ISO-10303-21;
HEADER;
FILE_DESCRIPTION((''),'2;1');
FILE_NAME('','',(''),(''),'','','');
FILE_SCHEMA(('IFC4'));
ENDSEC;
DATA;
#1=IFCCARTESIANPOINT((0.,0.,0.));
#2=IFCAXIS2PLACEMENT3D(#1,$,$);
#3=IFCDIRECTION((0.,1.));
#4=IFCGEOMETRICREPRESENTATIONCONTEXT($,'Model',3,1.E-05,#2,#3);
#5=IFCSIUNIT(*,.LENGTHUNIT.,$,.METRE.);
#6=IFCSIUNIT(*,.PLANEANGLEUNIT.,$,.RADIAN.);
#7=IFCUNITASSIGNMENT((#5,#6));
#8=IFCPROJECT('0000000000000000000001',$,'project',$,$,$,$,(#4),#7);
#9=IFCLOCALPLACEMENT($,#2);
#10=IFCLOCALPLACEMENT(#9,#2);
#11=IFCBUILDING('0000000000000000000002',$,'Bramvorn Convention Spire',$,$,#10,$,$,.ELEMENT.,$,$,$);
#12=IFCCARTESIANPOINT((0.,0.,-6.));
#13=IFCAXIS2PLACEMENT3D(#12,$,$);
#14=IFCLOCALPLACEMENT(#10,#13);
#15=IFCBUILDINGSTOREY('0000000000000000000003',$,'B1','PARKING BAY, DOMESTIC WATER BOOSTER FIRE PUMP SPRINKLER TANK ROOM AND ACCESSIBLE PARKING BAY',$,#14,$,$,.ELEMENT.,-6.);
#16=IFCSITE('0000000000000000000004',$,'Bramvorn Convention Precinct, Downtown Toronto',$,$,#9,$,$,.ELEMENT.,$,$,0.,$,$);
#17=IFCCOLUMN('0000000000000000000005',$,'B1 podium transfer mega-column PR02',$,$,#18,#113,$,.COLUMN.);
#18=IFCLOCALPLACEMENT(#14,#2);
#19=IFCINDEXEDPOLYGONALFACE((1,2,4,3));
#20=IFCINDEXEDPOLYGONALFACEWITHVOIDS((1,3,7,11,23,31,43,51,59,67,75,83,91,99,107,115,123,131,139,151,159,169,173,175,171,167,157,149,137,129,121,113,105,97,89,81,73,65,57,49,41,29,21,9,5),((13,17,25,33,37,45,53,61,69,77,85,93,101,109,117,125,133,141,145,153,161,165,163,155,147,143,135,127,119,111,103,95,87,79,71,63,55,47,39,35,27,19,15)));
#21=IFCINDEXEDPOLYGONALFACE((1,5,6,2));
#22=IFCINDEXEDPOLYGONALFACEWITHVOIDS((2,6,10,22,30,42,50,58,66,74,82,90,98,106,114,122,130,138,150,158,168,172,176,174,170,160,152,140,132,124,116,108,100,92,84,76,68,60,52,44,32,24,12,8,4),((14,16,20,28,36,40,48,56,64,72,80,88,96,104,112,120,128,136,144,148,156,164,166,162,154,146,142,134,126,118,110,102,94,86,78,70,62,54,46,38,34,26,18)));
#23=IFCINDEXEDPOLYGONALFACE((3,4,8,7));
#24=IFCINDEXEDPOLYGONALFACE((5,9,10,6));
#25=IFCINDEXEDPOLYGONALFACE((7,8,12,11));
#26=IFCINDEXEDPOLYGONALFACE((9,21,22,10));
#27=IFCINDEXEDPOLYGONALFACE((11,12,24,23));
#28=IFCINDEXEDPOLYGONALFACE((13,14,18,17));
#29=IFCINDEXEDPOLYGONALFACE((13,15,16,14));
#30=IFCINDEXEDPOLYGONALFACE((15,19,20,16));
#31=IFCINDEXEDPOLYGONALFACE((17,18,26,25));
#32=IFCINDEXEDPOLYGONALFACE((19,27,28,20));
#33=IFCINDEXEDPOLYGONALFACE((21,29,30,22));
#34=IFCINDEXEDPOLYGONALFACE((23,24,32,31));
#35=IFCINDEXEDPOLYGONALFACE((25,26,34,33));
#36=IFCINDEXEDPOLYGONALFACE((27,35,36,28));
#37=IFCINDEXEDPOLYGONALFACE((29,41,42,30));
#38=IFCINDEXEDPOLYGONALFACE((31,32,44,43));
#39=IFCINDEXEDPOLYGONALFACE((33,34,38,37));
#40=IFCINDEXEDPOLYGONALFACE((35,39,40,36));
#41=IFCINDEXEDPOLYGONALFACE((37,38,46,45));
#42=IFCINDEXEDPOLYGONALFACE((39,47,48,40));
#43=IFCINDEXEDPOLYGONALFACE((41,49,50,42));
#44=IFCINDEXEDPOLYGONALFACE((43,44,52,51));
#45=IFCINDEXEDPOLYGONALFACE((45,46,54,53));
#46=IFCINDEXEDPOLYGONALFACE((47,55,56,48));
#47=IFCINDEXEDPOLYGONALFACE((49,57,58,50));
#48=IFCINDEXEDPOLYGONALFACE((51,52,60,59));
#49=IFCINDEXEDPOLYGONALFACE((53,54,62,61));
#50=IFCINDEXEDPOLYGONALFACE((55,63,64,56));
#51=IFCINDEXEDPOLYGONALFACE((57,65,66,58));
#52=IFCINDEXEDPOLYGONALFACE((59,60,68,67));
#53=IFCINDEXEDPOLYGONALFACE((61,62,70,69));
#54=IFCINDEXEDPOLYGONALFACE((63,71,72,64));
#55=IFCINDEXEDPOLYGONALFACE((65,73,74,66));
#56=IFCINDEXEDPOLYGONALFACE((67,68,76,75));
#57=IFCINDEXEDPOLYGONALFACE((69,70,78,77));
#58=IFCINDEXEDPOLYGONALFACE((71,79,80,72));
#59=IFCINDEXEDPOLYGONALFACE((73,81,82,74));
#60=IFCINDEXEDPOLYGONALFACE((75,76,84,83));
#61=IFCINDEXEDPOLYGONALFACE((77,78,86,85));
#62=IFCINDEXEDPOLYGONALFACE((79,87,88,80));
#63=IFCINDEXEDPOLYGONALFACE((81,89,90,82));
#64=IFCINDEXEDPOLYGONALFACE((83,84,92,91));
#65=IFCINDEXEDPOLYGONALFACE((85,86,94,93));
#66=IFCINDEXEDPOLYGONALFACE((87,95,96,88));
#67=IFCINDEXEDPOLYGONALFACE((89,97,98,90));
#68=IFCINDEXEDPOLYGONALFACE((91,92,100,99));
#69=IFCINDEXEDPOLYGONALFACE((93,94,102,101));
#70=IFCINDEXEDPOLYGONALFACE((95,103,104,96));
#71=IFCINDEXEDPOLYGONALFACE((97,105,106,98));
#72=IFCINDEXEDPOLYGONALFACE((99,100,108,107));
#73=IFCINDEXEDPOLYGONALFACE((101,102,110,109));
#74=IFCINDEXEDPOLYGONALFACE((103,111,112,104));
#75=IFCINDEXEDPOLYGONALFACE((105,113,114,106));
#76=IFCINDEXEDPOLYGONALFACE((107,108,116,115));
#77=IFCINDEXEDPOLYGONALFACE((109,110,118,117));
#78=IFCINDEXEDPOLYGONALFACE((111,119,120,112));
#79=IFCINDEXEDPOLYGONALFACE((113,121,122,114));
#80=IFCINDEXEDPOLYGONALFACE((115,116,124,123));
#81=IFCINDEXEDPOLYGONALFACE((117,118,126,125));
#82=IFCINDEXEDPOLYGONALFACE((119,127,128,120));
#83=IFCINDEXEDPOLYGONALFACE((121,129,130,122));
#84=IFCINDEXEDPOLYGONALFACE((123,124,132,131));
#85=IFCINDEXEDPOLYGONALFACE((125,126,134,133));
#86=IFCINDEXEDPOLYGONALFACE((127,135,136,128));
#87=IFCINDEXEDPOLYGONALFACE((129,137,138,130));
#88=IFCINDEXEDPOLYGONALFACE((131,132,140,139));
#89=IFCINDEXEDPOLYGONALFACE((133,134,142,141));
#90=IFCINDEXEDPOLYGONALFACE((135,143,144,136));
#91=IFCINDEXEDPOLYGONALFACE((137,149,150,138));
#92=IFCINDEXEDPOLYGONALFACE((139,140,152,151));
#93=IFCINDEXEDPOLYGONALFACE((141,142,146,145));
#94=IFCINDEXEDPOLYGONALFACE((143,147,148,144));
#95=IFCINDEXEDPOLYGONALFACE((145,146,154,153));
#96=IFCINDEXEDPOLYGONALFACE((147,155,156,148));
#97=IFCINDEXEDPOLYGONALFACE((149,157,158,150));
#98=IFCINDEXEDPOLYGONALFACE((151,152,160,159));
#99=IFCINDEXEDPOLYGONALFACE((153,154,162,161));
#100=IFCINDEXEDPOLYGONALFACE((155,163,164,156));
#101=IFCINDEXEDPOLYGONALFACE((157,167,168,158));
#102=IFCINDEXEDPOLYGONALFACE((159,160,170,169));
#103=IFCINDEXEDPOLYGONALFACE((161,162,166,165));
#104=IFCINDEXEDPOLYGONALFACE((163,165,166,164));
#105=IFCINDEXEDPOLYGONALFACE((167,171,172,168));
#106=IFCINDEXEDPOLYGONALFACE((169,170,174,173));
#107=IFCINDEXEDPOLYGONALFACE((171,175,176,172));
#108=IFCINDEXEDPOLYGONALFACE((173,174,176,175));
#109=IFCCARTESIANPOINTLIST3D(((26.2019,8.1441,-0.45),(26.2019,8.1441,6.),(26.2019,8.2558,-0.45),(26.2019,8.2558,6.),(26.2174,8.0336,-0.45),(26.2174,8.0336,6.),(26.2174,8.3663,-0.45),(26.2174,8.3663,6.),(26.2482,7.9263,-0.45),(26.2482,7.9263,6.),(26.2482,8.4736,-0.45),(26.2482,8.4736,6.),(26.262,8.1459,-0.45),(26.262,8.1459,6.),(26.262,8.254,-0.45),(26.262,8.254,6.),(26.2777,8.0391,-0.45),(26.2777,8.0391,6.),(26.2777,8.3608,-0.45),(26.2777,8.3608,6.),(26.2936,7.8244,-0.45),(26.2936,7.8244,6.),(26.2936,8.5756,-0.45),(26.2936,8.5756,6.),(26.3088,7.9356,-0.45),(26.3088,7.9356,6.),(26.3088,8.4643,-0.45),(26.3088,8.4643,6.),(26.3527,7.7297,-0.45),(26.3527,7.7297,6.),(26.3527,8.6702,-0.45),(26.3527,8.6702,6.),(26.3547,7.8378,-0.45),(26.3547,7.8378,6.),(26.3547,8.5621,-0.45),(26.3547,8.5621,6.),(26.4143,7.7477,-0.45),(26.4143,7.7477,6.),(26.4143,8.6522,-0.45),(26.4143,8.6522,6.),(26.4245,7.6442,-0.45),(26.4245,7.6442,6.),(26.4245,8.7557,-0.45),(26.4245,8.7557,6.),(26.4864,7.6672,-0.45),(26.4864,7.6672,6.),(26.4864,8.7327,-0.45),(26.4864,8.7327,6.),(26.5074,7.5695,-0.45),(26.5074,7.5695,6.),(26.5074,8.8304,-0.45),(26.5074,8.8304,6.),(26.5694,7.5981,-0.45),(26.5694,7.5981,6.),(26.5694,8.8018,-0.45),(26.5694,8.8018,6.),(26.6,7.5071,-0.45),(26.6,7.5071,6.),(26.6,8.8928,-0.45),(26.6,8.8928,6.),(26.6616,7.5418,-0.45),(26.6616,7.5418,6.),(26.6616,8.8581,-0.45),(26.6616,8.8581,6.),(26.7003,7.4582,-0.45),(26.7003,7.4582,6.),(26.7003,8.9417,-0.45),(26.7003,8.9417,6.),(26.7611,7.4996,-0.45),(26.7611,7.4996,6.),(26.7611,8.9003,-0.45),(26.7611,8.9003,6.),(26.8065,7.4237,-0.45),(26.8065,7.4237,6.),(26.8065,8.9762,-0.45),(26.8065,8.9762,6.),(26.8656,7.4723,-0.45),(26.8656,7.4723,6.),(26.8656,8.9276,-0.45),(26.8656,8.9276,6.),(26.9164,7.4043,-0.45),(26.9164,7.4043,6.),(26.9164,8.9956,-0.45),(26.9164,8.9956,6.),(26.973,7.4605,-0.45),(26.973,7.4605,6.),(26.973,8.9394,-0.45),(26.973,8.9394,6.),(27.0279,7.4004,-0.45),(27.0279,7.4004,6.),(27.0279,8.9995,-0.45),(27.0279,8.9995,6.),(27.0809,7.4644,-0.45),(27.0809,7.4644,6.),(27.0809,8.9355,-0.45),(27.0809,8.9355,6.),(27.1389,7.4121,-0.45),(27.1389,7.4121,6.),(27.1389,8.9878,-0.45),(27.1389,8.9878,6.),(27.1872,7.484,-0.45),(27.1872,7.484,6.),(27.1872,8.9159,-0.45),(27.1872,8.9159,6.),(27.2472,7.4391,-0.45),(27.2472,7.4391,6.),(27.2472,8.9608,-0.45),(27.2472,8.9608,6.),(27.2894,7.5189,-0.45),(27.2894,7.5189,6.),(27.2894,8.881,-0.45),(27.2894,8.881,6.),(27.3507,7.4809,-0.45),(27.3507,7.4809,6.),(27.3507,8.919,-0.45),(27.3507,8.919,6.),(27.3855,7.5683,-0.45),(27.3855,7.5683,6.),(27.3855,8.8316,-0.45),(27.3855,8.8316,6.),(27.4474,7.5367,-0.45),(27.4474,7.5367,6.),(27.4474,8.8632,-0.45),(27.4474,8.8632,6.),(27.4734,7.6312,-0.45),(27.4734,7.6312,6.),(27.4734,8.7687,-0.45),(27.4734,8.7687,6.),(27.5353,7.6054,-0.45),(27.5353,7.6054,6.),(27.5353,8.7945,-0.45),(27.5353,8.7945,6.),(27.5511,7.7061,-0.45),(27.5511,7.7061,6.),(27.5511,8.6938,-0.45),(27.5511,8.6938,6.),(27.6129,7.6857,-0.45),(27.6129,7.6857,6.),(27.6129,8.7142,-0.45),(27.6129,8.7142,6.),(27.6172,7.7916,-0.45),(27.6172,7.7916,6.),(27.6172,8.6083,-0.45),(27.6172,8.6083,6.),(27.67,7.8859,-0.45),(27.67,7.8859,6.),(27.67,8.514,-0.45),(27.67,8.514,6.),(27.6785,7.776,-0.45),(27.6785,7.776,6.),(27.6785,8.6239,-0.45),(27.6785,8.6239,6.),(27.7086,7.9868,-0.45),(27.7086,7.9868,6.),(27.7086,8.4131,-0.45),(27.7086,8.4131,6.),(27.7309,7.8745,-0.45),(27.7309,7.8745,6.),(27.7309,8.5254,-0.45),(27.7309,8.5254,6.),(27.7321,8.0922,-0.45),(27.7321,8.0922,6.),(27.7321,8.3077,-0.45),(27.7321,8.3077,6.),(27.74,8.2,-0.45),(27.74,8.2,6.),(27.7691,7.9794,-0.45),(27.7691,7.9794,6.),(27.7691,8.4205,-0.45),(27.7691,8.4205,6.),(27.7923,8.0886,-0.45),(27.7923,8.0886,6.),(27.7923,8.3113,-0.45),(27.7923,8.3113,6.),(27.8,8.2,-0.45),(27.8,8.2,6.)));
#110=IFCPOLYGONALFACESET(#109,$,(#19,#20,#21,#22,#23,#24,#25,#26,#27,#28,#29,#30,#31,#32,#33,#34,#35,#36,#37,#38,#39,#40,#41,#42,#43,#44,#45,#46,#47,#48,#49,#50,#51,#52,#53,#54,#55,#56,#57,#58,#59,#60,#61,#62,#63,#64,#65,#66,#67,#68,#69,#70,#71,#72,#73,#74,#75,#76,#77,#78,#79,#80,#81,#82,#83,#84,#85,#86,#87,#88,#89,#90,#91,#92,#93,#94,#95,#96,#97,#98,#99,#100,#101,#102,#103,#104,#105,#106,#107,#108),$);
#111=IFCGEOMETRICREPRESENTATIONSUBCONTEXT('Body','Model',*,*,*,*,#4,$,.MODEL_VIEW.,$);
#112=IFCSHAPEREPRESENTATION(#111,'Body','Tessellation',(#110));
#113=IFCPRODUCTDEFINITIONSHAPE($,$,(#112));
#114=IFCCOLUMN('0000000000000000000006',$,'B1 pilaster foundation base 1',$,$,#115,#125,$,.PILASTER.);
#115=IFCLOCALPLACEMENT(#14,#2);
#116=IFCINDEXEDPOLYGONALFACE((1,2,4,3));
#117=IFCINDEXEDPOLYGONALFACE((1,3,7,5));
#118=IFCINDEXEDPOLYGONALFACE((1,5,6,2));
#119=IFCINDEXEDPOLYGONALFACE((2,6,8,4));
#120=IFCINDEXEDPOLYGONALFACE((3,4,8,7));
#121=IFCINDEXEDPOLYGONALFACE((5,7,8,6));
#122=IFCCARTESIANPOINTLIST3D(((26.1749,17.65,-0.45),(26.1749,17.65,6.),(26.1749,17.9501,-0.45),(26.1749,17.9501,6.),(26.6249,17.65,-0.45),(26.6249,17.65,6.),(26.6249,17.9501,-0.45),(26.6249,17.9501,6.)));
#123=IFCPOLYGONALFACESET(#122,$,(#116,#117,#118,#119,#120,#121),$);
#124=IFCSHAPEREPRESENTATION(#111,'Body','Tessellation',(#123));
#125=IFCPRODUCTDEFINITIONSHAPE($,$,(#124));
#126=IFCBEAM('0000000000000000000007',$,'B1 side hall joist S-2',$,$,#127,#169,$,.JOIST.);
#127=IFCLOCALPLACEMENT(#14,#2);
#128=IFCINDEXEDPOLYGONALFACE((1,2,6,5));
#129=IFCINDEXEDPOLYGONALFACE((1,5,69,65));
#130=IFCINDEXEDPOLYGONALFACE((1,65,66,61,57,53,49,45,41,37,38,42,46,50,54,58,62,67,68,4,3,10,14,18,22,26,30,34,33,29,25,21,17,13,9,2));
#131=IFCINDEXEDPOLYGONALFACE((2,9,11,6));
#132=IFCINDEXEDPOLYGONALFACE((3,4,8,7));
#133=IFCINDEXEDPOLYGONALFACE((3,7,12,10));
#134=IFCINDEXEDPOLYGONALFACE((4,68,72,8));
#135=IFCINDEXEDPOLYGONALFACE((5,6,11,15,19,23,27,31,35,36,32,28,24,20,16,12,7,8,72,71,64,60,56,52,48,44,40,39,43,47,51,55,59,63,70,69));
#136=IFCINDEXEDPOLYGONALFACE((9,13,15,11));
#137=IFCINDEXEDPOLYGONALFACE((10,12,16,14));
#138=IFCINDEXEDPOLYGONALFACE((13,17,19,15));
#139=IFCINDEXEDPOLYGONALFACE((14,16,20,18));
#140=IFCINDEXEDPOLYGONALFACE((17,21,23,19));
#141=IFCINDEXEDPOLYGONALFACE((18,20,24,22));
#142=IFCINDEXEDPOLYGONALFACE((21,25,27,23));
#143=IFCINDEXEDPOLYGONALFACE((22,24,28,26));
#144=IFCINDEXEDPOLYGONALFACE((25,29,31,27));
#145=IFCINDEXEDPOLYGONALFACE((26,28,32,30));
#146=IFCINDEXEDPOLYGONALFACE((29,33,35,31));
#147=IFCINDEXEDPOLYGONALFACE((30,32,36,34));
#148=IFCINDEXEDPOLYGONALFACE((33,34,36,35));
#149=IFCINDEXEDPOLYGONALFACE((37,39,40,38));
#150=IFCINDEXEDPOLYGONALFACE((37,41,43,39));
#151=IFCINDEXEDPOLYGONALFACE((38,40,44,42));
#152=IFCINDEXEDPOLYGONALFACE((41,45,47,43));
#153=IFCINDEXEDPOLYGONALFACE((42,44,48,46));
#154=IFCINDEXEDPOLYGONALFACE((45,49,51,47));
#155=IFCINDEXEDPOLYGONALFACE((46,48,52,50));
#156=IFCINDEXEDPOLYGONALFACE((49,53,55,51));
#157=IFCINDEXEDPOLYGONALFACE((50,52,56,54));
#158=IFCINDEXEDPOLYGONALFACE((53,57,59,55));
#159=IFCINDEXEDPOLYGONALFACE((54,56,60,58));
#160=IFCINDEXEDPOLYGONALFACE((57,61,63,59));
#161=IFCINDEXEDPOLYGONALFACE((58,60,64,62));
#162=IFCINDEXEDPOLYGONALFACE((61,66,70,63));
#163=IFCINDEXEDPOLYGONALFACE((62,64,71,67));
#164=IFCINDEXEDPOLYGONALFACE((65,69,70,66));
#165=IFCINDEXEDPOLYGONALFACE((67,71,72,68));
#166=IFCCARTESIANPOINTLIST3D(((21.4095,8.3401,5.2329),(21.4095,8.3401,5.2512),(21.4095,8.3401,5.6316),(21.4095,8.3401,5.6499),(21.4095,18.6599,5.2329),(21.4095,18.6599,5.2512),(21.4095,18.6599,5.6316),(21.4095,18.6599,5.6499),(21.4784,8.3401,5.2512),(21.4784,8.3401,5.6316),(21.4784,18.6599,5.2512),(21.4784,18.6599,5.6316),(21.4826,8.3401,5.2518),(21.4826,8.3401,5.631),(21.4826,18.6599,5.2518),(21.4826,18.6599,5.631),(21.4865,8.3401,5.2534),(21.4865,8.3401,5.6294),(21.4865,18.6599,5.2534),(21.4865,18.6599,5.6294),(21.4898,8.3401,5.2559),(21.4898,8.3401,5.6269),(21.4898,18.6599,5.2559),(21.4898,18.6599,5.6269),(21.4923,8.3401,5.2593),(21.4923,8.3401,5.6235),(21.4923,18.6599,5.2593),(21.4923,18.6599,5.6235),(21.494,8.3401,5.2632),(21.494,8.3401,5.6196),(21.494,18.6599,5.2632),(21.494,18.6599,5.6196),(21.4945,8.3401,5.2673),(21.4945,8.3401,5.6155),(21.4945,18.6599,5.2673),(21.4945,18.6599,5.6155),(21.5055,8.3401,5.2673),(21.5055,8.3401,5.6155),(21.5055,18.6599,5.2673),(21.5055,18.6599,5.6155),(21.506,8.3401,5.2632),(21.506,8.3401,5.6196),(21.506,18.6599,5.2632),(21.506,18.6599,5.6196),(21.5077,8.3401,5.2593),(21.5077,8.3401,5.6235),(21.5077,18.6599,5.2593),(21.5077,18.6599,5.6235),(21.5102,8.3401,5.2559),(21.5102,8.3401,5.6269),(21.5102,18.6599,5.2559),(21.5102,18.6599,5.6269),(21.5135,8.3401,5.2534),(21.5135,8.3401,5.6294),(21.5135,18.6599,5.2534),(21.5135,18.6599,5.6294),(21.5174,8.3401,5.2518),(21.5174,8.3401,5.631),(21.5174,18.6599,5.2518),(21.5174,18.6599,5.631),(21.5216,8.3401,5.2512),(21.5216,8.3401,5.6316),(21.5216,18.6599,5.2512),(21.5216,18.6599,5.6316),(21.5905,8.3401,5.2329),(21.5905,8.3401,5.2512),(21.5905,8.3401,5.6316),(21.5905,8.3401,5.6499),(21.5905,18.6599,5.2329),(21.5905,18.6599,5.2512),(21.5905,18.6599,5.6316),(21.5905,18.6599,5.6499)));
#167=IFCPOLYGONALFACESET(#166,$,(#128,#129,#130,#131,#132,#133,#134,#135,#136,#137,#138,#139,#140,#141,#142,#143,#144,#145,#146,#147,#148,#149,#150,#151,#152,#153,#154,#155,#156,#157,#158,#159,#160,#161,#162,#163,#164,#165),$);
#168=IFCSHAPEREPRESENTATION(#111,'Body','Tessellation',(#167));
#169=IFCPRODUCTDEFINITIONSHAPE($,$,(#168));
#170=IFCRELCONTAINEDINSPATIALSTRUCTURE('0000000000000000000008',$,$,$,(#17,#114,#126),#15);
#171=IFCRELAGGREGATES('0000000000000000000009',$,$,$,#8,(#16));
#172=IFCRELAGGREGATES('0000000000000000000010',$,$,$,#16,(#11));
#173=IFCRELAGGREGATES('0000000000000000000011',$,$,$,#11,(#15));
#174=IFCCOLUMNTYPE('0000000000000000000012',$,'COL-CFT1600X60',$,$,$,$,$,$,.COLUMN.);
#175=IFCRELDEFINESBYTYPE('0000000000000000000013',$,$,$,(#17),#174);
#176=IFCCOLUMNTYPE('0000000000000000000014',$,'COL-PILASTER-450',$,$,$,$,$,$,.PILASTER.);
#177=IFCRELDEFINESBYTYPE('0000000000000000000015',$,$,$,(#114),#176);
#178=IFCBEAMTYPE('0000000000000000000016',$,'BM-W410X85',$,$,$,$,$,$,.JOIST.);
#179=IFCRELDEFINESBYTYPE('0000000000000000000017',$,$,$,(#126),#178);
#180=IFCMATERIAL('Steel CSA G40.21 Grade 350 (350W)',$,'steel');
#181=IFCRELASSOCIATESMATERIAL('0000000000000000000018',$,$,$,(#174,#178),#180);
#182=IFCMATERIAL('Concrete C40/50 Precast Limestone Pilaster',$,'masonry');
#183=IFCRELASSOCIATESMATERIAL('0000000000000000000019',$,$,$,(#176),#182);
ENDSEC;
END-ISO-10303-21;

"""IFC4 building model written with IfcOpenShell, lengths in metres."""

from ifc_helpers import new_model, si_unit, direction, frame, origin, origin_2d, place, context, subcontext, project, spatial, rectangle, hollow_circle, i_section, extrude, material, material_profile, profile_set, type_object, element, save


model = new_model("IFC4")

# Units and contexts
model_context = context("Model", 3, precision=1e-05, world=origin(), true_north=direction((0.0, 1.0)))
body_context = subcontext(model_context, "Body", "Model", "MODEL_VIEW")
ifc_project = project(units=[si_unit("LENGTHUNIT", "METRE"), si_unit("PLANEANGLEUNIT", "RADIAN")], contexts=[model_context])

# Site, building, storey
site_placement = place(None, origin())
site = spatial("IfcSite", under=ifc_project, at=site_placement, Name="Bramvorn Convention Precinct, Downtown Toronto", CompositionType="ELEMENT", RefElevation=0.0)
building_placement = place(site_placement, origin())
building = spatial("IfcBuilding", under=site, at=building_placement, Name="Bramvorn Convention Spire", CompositionType="ELEMENT")
storey_placement = place(building_placement, frame((0.0, 0.0, -6.0)))
storey = spatial("IfcBuildingStorey", under=building, at=storey_placement, Name="B1", Description="PARKING BAY, DOMESTIC WATER BOOSTER FIRE PUMP SPRINKLER TANK ROOM AND ACCESSIBLE PARKING BAY", CompositionType="ELEMENT", Elevation=-6.0)

# Columns
ifc_material_1 = material(Name="Steel CSA G40.21 Grade 350 (350W)", Category="steel")
ifc_material_profile_1 = material_profile(ifc_material_1, hollow_circle(Radius=0.8, WallThickness=0.0601, at=origin_2d()))
ifc_profile_set_1 = profile_set([ifc_material_profile_1], Name="Steel CSA G40.21 Grade 350 (350W) - CFT1600X60")
column_type_1 = type_object("IfcColumnType", Name="COL-CFT1600X60", PredefinedType="COLUMN", material=ifc_profile_set_1)
column_1_placement = place(storey_placement, frame((27.0, 8.2, -0.45), z_axis=(0.0, 0.0, 1.0), x_axis=(1.0, 0.0, 0.0)))
element("IfcColumn", 1, at=column_1_placement, inside=storey, type_object=column_type_1, Name="B1 podium transfer mega-column PR02", PredefinedType="COLUMN", context=body_context, shape_type="SweptSolid", body=[
    extrude(hollow_circle(Radius=0.8, WallThickness=0.0601, at=origin_2d()), origin(), (0.0, 0.0, 1.0), 6.45),
])
ifc_material_2 = material(Name="Concrete C40/50 Precast Limestone Pilaster", Category="masonry")
ifc_material_profile_2 = material_profile(ifc_material_2, rectangle(XDim=0.45, YDim=0.3, at=origin_2d()))
ifc_profile_set_2 = profile_set([ifc_material_profile_2], Name="Concrete C40/50 Precast Limestone Pilaster - PILASTER450X300")
column_type_2 = type_object("IfcColumnType", Name="COL-PILASTER-450", PredefinedType="PILASTER", material=ifc_profile_set_2)
column_2_placement = place(storey_placement, frame((26.3999, 17.8, -0.45), z_axis=(0.0, 0.0, 1.0), x_axis=(1.0, 0.0, 0.0)))
element("IfcColumn", 2, at=column_2_placement, inside=storey, type_object=column_type_2, Name="B1 pilaster foundation base 1", PredefinedType="PILASTER", context=body_context, shape_type="SweptSolid", body=[
    extrude(rectangle(XDim=0.45, YDim=0.3, at=origin_2d()), origin(), (0.0, 0.0, 1.0), 6.45),
])

# Beam
ifc_material_profile_3 = material_profile(ifc_material_1, i_section(OverallWidth=0.1809, OverallDepth=0.417, WebThickness=0.011, FlangeThickness=0.0183, FilletRadius=0.0161, at=origin_2d()))
ifc_profile_set_3 = profile_set([ifc_material_profile_3], Name="Steel CSA G40.21 Grade 350 (350W) - W410X85")
beam_type_1 = type_object("IfcBeamType", Name="BM-W410X85", PredefinedType="JOIST", material=ifc_profile_set_3)
for number, where, z_axis, x_axis, name in (
    (3, (21.5, 8.3401, 5.4414), (0.0, 1.0, 0.0), (-1.0, 0.0, 0.0), "B1 side hall joist S-2"),
):
    element("IfcBeam", number, at=place(storey_placement, frame(where, z_axis=z_axis, x_axis=x_axis)), inside=storey, type_object=beam_type_1, Name=name, PredefinedType="JOIST", context=body_context, shape_type="SweptSolid", body=[
        extrude(i_section(OverallWidth=0.1809, OverallDepth=0.417, WebThickness=0.011, FlangeThickness=0.0183, FilletRadius=0.0161, at=origin_2d()), origin(), (0.0, 0.0, 1.0), 10.3198),
    ])

save(model, "model.ifc")
